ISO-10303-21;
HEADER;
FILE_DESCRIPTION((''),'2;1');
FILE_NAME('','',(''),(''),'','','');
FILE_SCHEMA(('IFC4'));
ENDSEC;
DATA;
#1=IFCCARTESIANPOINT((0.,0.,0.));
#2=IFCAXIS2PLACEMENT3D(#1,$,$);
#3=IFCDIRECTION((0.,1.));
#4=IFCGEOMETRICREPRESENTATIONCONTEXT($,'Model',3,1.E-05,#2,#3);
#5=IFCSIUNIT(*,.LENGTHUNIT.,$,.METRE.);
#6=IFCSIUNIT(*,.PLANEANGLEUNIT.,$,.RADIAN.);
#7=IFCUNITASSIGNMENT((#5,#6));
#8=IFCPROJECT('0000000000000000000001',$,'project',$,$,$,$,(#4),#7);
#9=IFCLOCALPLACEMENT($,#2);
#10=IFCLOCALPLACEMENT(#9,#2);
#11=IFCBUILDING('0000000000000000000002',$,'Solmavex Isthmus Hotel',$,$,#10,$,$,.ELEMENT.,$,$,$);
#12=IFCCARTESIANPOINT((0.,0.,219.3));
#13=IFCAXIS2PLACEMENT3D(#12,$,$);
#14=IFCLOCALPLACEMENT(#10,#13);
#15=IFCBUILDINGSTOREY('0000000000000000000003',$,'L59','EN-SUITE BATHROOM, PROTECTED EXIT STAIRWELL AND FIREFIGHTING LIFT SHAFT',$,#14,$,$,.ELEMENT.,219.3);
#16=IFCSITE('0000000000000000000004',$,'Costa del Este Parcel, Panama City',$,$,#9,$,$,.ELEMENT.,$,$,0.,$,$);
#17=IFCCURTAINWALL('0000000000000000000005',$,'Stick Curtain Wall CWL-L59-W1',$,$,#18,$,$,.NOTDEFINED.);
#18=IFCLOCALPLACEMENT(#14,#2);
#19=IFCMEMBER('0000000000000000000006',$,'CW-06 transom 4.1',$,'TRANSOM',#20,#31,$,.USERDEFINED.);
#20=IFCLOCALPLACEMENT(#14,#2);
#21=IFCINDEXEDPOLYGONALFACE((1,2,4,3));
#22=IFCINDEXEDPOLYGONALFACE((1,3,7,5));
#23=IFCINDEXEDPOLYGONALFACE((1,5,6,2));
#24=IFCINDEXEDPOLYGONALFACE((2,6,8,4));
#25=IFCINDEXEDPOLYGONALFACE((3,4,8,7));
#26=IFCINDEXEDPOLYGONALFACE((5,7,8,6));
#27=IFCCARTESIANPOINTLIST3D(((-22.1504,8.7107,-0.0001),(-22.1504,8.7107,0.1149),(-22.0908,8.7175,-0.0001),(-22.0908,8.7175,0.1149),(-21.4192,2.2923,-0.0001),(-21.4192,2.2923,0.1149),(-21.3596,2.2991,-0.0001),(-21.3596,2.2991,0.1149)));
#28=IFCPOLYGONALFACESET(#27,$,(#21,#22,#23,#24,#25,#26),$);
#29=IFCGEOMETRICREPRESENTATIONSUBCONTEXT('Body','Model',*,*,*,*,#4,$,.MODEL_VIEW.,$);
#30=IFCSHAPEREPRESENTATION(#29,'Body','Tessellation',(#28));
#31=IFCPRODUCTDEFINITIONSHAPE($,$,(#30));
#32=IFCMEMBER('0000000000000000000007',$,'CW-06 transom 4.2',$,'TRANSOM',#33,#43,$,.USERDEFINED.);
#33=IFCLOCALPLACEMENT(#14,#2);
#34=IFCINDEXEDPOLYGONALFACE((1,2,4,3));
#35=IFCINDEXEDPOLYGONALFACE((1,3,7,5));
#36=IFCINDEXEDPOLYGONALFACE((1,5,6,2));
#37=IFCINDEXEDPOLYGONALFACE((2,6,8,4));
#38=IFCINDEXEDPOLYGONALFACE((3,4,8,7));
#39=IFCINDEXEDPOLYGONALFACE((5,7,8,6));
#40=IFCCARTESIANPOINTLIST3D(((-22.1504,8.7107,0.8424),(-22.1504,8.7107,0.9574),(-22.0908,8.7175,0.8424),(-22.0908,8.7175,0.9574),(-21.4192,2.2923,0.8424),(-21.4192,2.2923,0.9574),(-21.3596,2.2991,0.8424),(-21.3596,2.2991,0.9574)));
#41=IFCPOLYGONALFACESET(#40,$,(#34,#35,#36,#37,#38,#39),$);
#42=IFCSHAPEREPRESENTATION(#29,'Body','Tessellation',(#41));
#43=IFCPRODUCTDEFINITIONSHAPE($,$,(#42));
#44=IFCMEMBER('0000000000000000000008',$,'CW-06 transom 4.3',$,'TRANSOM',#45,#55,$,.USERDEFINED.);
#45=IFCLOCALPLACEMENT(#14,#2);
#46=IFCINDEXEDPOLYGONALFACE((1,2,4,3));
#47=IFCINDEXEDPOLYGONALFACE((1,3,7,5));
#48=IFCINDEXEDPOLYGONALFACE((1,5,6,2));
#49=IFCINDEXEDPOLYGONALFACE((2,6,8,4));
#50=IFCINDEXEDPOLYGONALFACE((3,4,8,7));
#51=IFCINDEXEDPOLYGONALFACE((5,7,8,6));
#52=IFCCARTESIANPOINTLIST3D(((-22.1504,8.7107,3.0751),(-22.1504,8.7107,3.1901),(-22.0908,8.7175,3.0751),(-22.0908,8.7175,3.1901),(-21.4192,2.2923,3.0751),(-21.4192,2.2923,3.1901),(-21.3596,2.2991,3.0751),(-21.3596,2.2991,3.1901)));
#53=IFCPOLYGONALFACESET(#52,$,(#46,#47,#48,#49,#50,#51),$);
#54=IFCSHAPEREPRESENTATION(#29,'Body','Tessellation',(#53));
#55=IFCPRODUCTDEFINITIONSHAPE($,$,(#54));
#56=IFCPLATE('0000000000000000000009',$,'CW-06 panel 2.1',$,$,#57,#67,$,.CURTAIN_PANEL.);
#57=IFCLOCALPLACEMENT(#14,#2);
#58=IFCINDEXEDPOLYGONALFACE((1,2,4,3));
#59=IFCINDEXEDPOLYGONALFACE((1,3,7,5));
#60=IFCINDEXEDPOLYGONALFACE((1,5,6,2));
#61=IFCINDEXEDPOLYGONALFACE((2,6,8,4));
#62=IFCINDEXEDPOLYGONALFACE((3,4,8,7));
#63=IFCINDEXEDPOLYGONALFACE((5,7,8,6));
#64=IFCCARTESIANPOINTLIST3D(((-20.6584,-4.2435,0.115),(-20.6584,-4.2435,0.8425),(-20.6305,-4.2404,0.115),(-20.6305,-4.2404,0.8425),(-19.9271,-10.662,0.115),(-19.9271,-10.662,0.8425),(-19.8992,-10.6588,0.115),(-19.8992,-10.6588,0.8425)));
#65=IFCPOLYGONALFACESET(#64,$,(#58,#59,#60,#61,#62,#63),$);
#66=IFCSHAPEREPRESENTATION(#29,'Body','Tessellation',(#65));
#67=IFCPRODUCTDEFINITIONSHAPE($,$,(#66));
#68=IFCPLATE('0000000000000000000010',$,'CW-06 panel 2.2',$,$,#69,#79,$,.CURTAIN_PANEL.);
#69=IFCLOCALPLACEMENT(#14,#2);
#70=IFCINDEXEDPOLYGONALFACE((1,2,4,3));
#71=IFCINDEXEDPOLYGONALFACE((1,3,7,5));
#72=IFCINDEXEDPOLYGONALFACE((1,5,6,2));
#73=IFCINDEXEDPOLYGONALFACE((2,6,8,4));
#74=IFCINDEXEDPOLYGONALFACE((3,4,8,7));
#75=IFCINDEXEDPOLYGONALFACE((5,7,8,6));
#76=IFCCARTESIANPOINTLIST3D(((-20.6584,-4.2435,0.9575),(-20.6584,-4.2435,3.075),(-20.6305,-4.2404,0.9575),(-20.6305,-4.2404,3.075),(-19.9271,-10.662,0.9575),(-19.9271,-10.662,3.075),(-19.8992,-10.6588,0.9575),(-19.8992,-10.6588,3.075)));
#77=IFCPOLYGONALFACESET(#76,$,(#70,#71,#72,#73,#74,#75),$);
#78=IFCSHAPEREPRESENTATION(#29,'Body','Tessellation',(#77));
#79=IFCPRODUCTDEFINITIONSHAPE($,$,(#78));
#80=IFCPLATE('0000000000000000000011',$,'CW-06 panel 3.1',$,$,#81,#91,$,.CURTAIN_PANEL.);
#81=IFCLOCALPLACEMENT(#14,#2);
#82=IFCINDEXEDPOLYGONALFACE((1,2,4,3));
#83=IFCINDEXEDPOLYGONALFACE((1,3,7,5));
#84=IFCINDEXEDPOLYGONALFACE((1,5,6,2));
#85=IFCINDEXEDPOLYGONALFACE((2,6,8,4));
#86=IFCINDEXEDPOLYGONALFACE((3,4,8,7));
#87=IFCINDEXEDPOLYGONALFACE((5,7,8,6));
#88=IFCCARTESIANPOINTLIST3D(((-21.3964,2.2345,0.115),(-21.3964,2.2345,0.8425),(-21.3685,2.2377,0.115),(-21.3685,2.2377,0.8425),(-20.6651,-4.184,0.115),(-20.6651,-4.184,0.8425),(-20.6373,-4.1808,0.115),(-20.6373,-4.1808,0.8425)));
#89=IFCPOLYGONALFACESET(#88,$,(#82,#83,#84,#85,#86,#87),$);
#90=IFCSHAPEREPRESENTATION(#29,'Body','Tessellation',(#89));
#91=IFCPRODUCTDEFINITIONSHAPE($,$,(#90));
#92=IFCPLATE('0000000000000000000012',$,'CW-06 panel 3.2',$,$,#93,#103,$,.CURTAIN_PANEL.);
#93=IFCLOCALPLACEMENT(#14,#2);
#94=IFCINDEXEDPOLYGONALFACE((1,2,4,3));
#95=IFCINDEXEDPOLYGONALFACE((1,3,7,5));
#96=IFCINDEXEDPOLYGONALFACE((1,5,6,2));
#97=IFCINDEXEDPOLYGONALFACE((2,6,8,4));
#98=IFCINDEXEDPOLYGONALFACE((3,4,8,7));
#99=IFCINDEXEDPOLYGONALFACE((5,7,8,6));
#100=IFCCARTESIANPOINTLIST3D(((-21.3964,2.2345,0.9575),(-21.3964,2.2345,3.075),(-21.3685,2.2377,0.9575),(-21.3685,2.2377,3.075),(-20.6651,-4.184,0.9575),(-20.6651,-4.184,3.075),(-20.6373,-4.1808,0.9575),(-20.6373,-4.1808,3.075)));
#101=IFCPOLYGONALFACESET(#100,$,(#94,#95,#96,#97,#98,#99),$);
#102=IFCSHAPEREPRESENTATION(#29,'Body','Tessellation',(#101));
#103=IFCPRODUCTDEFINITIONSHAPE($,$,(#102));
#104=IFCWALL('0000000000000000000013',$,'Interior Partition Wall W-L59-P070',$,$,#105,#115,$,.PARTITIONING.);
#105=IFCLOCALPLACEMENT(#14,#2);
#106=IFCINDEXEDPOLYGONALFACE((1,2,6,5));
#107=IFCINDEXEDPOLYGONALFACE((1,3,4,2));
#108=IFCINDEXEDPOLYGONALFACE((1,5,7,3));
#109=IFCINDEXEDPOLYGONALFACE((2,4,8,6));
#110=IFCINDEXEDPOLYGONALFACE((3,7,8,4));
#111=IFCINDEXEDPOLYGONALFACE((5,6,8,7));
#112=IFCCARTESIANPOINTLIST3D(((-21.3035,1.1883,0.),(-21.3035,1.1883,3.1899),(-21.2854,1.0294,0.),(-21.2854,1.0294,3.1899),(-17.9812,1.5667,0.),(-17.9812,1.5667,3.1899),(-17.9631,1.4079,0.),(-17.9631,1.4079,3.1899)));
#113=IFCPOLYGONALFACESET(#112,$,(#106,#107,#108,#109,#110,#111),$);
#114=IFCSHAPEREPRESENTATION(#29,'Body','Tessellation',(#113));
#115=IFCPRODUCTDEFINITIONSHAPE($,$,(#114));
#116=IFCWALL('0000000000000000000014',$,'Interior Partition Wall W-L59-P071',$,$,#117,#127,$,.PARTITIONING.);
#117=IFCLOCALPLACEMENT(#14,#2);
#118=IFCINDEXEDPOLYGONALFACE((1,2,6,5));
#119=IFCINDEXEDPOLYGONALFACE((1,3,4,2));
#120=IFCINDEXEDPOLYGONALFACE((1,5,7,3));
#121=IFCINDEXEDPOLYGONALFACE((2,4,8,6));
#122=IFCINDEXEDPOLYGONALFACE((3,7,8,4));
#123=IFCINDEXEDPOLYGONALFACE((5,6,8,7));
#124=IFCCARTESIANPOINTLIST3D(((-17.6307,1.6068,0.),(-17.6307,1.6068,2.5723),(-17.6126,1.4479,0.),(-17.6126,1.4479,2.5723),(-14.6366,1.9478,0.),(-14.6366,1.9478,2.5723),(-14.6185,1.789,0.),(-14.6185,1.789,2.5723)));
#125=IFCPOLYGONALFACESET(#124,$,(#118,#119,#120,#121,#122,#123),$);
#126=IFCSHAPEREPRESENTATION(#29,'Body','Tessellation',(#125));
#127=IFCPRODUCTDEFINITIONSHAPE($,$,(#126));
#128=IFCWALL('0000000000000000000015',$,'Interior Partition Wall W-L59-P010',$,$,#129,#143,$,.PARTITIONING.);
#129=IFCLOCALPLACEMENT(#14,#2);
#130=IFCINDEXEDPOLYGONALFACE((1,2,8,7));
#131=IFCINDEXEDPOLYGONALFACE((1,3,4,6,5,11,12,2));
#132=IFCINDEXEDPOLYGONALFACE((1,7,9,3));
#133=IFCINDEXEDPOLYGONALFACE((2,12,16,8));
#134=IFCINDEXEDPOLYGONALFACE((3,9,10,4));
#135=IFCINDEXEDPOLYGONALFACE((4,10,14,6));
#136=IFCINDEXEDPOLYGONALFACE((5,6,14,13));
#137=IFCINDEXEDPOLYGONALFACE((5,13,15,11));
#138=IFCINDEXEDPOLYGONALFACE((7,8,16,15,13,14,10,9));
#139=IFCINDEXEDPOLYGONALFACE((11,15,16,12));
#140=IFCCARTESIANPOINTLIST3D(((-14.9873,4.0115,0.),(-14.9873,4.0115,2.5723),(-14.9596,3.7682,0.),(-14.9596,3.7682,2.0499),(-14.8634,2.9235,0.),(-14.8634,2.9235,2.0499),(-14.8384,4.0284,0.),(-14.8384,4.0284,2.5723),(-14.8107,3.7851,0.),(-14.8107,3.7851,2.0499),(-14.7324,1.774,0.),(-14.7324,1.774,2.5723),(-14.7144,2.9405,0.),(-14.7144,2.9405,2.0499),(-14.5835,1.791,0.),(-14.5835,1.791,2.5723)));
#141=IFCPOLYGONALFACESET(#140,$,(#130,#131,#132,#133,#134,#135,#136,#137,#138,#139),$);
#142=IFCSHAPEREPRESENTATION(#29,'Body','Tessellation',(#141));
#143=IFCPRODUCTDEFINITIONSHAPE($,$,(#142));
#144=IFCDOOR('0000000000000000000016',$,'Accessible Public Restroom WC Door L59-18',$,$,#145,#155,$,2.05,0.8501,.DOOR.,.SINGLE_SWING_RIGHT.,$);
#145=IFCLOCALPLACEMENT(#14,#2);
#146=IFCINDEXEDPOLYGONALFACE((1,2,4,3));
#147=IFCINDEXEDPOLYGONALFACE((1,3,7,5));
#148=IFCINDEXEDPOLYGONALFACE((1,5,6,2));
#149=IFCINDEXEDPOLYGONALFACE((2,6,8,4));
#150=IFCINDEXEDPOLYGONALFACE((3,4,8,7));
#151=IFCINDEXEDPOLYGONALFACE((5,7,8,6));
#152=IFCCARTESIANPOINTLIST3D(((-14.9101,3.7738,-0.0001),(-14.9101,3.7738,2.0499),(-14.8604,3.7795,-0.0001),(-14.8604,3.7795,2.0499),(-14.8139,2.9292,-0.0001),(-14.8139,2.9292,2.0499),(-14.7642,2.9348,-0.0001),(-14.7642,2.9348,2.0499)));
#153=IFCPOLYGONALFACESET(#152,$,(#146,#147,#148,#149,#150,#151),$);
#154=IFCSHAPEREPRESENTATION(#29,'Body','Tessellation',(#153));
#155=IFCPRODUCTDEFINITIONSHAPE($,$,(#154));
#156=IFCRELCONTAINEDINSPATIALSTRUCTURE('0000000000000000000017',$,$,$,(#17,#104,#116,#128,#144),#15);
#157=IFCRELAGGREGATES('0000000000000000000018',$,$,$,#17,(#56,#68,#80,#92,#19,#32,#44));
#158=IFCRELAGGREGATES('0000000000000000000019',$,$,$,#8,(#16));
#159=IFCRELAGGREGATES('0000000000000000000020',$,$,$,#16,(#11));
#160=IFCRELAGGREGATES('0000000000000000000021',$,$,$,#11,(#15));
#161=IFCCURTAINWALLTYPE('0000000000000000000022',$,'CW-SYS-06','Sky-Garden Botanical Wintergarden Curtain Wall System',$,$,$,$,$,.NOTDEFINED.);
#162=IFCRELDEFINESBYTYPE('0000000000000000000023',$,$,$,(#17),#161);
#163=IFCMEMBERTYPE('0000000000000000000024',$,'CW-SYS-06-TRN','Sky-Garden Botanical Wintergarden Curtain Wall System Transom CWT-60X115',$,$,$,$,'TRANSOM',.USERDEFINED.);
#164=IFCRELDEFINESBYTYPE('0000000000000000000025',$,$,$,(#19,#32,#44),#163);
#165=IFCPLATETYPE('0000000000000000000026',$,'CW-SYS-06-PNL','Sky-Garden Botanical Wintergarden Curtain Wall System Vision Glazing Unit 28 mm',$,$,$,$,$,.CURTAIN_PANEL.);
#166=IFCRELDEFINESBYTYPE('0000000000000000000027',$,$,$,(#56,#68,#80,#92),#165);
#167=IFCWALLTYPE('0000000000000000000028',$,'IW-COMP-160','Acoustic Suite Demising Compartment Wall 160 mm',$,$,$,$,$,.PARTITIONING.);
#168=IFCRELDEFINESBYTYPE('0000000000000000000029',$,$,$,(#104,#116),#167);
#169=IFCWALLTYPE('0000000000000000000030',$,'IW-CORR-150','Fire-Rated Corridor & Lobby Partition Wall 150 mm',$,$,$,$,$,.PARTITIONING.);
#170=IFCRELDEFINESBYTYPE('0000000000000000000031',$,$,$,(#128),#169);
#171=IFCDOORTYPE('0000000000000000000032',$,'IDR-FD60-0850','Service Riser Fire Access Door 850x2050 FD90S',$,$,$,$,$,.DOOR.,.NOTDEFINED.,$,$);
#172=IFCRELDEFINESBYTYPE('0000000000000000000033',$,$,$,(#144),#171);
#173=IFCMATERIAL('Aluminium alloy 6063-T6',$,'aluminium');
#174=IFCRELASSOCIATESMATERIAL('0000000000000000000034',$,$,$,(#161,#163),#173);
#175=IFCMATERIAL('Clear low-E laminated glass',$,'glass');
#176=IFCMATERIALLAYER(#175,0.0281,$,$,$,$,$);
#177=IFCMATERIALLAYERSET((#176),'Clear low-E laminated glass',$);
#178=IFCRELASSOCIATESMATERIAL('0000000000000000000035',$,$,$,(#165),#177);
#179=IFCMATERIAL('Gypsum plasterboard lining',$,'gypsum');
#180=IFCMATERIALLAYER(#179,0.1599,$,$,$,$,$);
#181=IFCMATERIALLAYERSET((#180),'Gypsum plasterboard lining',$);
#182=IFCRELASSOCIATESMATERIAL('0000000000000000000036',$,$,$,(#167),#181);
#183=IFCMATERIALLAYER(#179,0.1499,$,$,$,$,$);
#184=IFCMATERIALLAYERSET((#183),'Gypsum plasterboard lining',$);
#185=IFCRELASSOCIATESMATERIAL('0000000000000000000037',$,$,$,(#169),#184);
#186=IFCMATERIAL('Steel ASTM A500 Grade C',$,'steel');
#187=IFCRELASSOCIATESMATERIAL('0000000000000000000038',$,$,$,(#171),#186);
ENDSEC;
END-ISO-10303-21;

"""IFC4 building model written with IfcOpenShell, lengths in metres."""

from ifc_helpers import new_model, si_unit, direction, frame, frame_2d, origin, origin_2d, place, context, subcontext, project, spatial, rectangle, extrude, material, layer, layer_set, material_profile, profile_set, type_object, element, fill, aggregate, save


model = new_model("IFC4")

# Units and contexts
model_context = context("Model", 3, precision=1e-05, world=origin(), true_north=direction((0.0, 1.0)))
body_context = subcontext(model_context, "Body", "Model", "MODEL_VIEW")
ifc_project = project(units=[si_unit("LENGTHUNIT", "METRE"), si_unit("PLANEANGLEUNIT", "RADIAN")], contexts=[model_context])

# Site, building, storey
site_placement = place(None, origin())
site = spatial("IfcSite", under=ifc_project, at=site_placement, Name="Costa del Este Parcel, Panama City", CompositionType="ELEMENT", RefElevation=0.0)
building_placement = place(site_placement, origin())
building = spatial("IfcBuilding", under=site, at=building_placement, Name="Solmavex Isthmus Hotel", CompositionType="ELEMENT")
storey_placement = place(building_placement, frame((0.0, 0.0, 219.3)))
storey = spatial("IfcBuildingStorey", under=building, at=storey_placement, Name="L59", Description="EN-SUITE BATHROOM, PROTECTED EXIT STAIRWELL AND FIREFIGHTING LIFT SHAFT", CompositionType="ELEMENT", Elevation=219.3)

# Curtain wall, members, plates
ifc_material_1 = material(Name="Aluminium alloy 6063-T6", Category="aluminium")
curtain_wall_type = type_object("IfcCurtainWallType", Name="CW-SYS-06", Description="Sky-Garden Botanical Wintergarden Curtain Wall System", PredefinedType="NOTDEFINED", material=ifc_material_1)
curtain_wall_placement = place(storey_placement, origin())
curtain_wall = element("IfcCurtainWall", 1, at=curtain_wall_placement, inside=storey, type_object=curtain_wall_type, Name="Stick Curtain Wall CWL-L59-W1", PredefinedType="NOTDEFINED")
ifc_material_profile_1 = material_profile(ifc_material_1, rectangle(XDim=0.0601, YDim=0.115, at=origin_2d()), Name="CWT-60X115")
ifc_profile_set_1 = profile_set([ifc_material_profile_1], Name="Aluminium alloy 6063-T6")
member_type_1 = type_object("IfcMemberType", Name="CW-SYS-06-TRN", Description="Sky-Garden Botanical Wintergarden Curtain Wall System Transom CWT-60X115", ElementType="TRANSOM", PredefinedType="USERDEFINED", material=ifc_profile_set_1)
member_1_placement = place(storey_placement, frame((-21.3894, 2.2957, 0.0574), z_axis=(-0.11319, 0.993573, 0.0), x_axis=(-0.993573, -0.11319, 0.0)))
member_1 = element("IfcMember", 2, at=member_1_placement, type_object=member_type_1, Name="CW-06 transom 4.1", ObjectType="TRANSOM", PredefinedType="USERDEFINED", context=body_context, shape_type="SweptSolid", body=[
    extrude(rectangle(XDim=0.0601, YDim=0.115, at=origin_2d()), origin(), (0.0, 0.0, 1.0), 6.46),
])
member_2_placement = place(storey_placement, frame((-21.3894, 2.2957, 0.8999), z_axis=(-0.11319, 0.993573, 0.0), x_axis=(-0.993573, -0.11319, 0.0)))
member_2 = element("IfcMember", 3, at=member_2_placement, type_object=member_type_1, Name="CW-06 transom 4.2", ObjectType="TRANSOM", PredefinedType="USERDEFINED", context=body_context, shape_type="SweptSolid", body=[
    extrude(rectangle(XDim=0.0601, YDim=0.115, at=origin_2d()), origin(), (0.0, 0.0, 1.0), 6.46),
])
member_3_placement = place(storey_placement, frame((-21.3894, 2.2957, 3.1326), z_axis=(-0.11319, 0.993573, 0.0), x_axis=(-0.993573, -0.11319, 0.0)))
member_3 = element("IfcMember", 4, at=member_3_placement, type_object=member_type_1, Name="CW-06 transom 4.3", ObjectType="TRANSOM", PredefinedType="USERDEFINED", context=body_context, shape_type="SweptSolid", body=[
    extrude(rectangle(XDim=0.0601, YDim=0.115, at=origin_2d()), origin(), (0.0, 0.0, 1.0), 6.46),
])
ifc_material_2 = material(Name="Clear low-E laminated glass", Category="glass")
ifc_layer_1 = layer(ifc_material_2, 0.0281)
ifc_layer_set_1 = layer_set([ifc_layer_1], Name="Clear low-E laminated glass")
plate_type = type_object("IfcPlateType", Name="CW-SYS-06-PNL", Description="Sky-Garden Botanical Wintergarden Curtain Wall System Vision Glazing Unit 28 mm", PredefinedType="CURTAIN_PANEL", material=ifc_layer_set_1)
plate_1_placement = place(storey_placement, frame((-20.2788, -7.4512, 0.115), z_axis=(0.0, 0.0, 1.0), x_axis=(-0.113203, 0.993572, 0.0)))
plate_1 = element("IfcPlate", 5, at=plate_1_placement, type_object=plate_type, Name="CW-06 panel 2.1", PredefinedType="CURTAIN_PANEL", context=body_context, shape_type="SweptSolid", body=[
    extrude(rectangle(XDim=6.46, YDim=0.0281, at=origin_2d()), origin(), (0.0, 0.0, 1.0), 0.7275),
])
plate_2_placement = place(storey_placement, frame((-20.2788, -7.4512, 0.9575), z_axis=(0.0, 0.0, 1.0), x_axis=(-0.113203, 0.993572, 0.0)))
plate_2 = element("IfcPlate", 6, at=plate_2_placement, type_object=plate_type, Name="CW-06 panel 2.2", PredefinedType="CURTAIN_PANEL", context=body_context, shape_type="SweptSolid", body=[
    extrude(rectangle(XDim=6.46, YDim=0.0281, at=origin_2d()), origin(), (0.0, 0.0, 1.0), 2.1174),
])
plate_3_placement = place(storey_placement, frame((-21.0168, -0.9731, 0.115), z_axis=(0.0, 0.0, 1.0), x_axis=(-0.113203, 0.993572, 0.0)))
plate_3 = element("IfcPlate", 7, at=plate_3_placement, type_object=plate_type, Name="CW-06 panel 3.1", PredefinedType="CURTAIN_PANEL", context=body_context, shape_type="SweptSolid", body=[
    extrude(rectangle(XDim=6.46, YDim=0.0281, at=origin_2d()), origin(), (0.0, 0.0, 1.0), 0.7275),
])
plate_4_placement = place(storey_placement, frame((-21.0168, -0.9731, 0.9575), z_axis=(0.0, 0.0, 1.0), x_axis=(-0.113203, 0.993572, 0.0)))
plate_4 = element("IfcPlate", 8, at=plate_4_placement, type_object=plate_type, Name="CW-06 panel 3.2", PredefinedType="CURTAIN_PANEL", context=body_context, shape_type="SweptSolid", body=[
    extrude(rectangle(XDim=6.46, YDim=0.0281, at=origin_2d()), origin(), (0.0, 0.0, 1.0), 2.1174),
])
aggregate(curtain_wall, [plate_1, plate_2, plate_3, plate_4, member_1, member_2, member_3])

# Walls
ifc_material_3 = material(Name="Gypsum plasterboard lining", Category="gypsum")
ifc_layer_2 = layer(ifc_material_3, 0.1599)
ifc_layer_set_2 = layer_set([ifc_layer_2], Name="Gypsum plasterboard lining")
wall_type_1 = type_object("IfcWallType", Name="IW-COMP-160", Description="Acoustic Suite Demising Compartment Wall 160 mm", PredefinedType="PARTITIONING", material=ifc_layer_set_2)
wall_1_placement = place(storey_placement, frame((-17.9722, 1.4873, 0.0), z_axis=(0.0, 0.0, 1.0), x_axis=(-0.993575, -0.113172, 0.0)))
element("IfcWall", 9, at=wall_1_placement, inside=storey, type_object=wall_type_1, Name="Interior Partition Wall W-L59-P070", PredefinedType="PARTITIONING", context=body_context, shape_type="SweptSolid", body=[
    extrude(rectangle(XDim=3.3438, YDim=0.1599, at=frame_2d((1.6719, 0.0))), origin(), (0.0, 0.0, 1.0), 3.1899),
])
wall_2_placement = place(storey_placement, frame((-14.6274, 1.8684, 0.0), z_axis=(0.0, 0.0, 1.0), x_axis=(-0.993575, -0.113179, 0.0)))
element("IfcWall", 10, at=wall_2_placement, inside=storey, type_object=wall_type_1, Name="Interior Partition Wall W-L59-P071", PredefinedType="PARTITIONING", context=body_context, shape_type="SweptSolid", body=[
    extrude(rectangle(XDim=3.0134, YDim=0.1599, at=frame_2d((1.5068, 0.0))), origin(), (0.0, 0.0, 1.0), 2.5723),
])

# Wall, opening, door
ifc_layer_3 = layer(ifc_material_3, 0.1499)
ifc_layer_set_3 = layer_set([ifc_layer_3], Name="Gypsum plasterboard lining")
wall_type_2 = type_object("IfcWallType", Name="IW-CORR-150", Description="Fire-Rated Corridor & Lobby Partition Wall 150 mm", PredefinedType="PARTITIONING", material=ifc_layer_set_3)
wall_3_placement = place(storey_placement, frame((-14.658, 1.7825, 0.0), z_axis=(0.0, 0.0, 1.0), x_axis=(-0.11318, 0.993575, 0.0)))
wall_3 = element("IfcWall", 11, at=wall_3_placement, inside=storey, type_object=wall_type_2, Name="Interior Partition Wall W-L59-P010", PredefinedType="PARTITIONING", context=body_context, shape_type="SweptSolid", body=[
    extrude(rectangle(XDim=2.252, YDim=0.1499, at=frame_2d((1.126, 0.0))), origin(), (0.0, 0.0, 1.0), 2.5723),
])
opening_1_placement = place(wall_3_placement, frame((1.157, 0.0, 0.0)))
opening_1 = element("IfcOpeningElement", 12, at=opening_1_placement, cuts=wall_3, PredefinedType="OPENING", context=body_context, shape_type="SweptSolid", body=[
    extrude(rectangle(XDim=0.8501, YDim=2.05, at=frame_2d((0.425, 1.0249))), frame((0.0, 0.085, 0.0), z_axis=(0.0, -1.0, 0.0), x_axis=(1.0, 0.0, 0.0)), (0.0, 0.0, 1.0), 0.1699),
])
ifc_material_4 = material(Name="Steel ASTM A500 Grade C", Category="steel")
door_type_1 = type_object("IfcDoorType", Name="IDR-FD60-0850", Description="Service Riser Fire Access Door 850x2050 FD90S", OperationType="NOTDEFINED", PredefinedType="DOOR", material=ifc_material_4)
door_1_placement = place(opening_1_placement, frame((0.8501, 0.0, 0.0), z_axis=(0.0, 0.0, 1.0), x_axis=(-1.0, 0.0, 0.0)))
door_1 = element("IfcDoor", 13, at=door_1_placement, inside=storey, type_object=door_type_1, Name="Accessible Public Restroom WC Door L59-18", OperationType="SINGLE_SWING_RIGHT", OverallHeight=2.05, OverallWidth=0.8501, PredefinedType="DOOR", context=body_context, shape_type="SweptSolid", body=[
    extrude(rectangle(XDim=0.8501, YDim=2.05, at=frame_2d((0.425, 1.0249))), frame((0.0, 0.0249, 0.0), z_axis=(0.0, -1.0, 0.0), x_axis=(1.0, 0.0, 0.0)), (0.0, 0.0, 1.0), 0.05),
])
fill(opening_1, door_1)

save(model, "model.ifc")
